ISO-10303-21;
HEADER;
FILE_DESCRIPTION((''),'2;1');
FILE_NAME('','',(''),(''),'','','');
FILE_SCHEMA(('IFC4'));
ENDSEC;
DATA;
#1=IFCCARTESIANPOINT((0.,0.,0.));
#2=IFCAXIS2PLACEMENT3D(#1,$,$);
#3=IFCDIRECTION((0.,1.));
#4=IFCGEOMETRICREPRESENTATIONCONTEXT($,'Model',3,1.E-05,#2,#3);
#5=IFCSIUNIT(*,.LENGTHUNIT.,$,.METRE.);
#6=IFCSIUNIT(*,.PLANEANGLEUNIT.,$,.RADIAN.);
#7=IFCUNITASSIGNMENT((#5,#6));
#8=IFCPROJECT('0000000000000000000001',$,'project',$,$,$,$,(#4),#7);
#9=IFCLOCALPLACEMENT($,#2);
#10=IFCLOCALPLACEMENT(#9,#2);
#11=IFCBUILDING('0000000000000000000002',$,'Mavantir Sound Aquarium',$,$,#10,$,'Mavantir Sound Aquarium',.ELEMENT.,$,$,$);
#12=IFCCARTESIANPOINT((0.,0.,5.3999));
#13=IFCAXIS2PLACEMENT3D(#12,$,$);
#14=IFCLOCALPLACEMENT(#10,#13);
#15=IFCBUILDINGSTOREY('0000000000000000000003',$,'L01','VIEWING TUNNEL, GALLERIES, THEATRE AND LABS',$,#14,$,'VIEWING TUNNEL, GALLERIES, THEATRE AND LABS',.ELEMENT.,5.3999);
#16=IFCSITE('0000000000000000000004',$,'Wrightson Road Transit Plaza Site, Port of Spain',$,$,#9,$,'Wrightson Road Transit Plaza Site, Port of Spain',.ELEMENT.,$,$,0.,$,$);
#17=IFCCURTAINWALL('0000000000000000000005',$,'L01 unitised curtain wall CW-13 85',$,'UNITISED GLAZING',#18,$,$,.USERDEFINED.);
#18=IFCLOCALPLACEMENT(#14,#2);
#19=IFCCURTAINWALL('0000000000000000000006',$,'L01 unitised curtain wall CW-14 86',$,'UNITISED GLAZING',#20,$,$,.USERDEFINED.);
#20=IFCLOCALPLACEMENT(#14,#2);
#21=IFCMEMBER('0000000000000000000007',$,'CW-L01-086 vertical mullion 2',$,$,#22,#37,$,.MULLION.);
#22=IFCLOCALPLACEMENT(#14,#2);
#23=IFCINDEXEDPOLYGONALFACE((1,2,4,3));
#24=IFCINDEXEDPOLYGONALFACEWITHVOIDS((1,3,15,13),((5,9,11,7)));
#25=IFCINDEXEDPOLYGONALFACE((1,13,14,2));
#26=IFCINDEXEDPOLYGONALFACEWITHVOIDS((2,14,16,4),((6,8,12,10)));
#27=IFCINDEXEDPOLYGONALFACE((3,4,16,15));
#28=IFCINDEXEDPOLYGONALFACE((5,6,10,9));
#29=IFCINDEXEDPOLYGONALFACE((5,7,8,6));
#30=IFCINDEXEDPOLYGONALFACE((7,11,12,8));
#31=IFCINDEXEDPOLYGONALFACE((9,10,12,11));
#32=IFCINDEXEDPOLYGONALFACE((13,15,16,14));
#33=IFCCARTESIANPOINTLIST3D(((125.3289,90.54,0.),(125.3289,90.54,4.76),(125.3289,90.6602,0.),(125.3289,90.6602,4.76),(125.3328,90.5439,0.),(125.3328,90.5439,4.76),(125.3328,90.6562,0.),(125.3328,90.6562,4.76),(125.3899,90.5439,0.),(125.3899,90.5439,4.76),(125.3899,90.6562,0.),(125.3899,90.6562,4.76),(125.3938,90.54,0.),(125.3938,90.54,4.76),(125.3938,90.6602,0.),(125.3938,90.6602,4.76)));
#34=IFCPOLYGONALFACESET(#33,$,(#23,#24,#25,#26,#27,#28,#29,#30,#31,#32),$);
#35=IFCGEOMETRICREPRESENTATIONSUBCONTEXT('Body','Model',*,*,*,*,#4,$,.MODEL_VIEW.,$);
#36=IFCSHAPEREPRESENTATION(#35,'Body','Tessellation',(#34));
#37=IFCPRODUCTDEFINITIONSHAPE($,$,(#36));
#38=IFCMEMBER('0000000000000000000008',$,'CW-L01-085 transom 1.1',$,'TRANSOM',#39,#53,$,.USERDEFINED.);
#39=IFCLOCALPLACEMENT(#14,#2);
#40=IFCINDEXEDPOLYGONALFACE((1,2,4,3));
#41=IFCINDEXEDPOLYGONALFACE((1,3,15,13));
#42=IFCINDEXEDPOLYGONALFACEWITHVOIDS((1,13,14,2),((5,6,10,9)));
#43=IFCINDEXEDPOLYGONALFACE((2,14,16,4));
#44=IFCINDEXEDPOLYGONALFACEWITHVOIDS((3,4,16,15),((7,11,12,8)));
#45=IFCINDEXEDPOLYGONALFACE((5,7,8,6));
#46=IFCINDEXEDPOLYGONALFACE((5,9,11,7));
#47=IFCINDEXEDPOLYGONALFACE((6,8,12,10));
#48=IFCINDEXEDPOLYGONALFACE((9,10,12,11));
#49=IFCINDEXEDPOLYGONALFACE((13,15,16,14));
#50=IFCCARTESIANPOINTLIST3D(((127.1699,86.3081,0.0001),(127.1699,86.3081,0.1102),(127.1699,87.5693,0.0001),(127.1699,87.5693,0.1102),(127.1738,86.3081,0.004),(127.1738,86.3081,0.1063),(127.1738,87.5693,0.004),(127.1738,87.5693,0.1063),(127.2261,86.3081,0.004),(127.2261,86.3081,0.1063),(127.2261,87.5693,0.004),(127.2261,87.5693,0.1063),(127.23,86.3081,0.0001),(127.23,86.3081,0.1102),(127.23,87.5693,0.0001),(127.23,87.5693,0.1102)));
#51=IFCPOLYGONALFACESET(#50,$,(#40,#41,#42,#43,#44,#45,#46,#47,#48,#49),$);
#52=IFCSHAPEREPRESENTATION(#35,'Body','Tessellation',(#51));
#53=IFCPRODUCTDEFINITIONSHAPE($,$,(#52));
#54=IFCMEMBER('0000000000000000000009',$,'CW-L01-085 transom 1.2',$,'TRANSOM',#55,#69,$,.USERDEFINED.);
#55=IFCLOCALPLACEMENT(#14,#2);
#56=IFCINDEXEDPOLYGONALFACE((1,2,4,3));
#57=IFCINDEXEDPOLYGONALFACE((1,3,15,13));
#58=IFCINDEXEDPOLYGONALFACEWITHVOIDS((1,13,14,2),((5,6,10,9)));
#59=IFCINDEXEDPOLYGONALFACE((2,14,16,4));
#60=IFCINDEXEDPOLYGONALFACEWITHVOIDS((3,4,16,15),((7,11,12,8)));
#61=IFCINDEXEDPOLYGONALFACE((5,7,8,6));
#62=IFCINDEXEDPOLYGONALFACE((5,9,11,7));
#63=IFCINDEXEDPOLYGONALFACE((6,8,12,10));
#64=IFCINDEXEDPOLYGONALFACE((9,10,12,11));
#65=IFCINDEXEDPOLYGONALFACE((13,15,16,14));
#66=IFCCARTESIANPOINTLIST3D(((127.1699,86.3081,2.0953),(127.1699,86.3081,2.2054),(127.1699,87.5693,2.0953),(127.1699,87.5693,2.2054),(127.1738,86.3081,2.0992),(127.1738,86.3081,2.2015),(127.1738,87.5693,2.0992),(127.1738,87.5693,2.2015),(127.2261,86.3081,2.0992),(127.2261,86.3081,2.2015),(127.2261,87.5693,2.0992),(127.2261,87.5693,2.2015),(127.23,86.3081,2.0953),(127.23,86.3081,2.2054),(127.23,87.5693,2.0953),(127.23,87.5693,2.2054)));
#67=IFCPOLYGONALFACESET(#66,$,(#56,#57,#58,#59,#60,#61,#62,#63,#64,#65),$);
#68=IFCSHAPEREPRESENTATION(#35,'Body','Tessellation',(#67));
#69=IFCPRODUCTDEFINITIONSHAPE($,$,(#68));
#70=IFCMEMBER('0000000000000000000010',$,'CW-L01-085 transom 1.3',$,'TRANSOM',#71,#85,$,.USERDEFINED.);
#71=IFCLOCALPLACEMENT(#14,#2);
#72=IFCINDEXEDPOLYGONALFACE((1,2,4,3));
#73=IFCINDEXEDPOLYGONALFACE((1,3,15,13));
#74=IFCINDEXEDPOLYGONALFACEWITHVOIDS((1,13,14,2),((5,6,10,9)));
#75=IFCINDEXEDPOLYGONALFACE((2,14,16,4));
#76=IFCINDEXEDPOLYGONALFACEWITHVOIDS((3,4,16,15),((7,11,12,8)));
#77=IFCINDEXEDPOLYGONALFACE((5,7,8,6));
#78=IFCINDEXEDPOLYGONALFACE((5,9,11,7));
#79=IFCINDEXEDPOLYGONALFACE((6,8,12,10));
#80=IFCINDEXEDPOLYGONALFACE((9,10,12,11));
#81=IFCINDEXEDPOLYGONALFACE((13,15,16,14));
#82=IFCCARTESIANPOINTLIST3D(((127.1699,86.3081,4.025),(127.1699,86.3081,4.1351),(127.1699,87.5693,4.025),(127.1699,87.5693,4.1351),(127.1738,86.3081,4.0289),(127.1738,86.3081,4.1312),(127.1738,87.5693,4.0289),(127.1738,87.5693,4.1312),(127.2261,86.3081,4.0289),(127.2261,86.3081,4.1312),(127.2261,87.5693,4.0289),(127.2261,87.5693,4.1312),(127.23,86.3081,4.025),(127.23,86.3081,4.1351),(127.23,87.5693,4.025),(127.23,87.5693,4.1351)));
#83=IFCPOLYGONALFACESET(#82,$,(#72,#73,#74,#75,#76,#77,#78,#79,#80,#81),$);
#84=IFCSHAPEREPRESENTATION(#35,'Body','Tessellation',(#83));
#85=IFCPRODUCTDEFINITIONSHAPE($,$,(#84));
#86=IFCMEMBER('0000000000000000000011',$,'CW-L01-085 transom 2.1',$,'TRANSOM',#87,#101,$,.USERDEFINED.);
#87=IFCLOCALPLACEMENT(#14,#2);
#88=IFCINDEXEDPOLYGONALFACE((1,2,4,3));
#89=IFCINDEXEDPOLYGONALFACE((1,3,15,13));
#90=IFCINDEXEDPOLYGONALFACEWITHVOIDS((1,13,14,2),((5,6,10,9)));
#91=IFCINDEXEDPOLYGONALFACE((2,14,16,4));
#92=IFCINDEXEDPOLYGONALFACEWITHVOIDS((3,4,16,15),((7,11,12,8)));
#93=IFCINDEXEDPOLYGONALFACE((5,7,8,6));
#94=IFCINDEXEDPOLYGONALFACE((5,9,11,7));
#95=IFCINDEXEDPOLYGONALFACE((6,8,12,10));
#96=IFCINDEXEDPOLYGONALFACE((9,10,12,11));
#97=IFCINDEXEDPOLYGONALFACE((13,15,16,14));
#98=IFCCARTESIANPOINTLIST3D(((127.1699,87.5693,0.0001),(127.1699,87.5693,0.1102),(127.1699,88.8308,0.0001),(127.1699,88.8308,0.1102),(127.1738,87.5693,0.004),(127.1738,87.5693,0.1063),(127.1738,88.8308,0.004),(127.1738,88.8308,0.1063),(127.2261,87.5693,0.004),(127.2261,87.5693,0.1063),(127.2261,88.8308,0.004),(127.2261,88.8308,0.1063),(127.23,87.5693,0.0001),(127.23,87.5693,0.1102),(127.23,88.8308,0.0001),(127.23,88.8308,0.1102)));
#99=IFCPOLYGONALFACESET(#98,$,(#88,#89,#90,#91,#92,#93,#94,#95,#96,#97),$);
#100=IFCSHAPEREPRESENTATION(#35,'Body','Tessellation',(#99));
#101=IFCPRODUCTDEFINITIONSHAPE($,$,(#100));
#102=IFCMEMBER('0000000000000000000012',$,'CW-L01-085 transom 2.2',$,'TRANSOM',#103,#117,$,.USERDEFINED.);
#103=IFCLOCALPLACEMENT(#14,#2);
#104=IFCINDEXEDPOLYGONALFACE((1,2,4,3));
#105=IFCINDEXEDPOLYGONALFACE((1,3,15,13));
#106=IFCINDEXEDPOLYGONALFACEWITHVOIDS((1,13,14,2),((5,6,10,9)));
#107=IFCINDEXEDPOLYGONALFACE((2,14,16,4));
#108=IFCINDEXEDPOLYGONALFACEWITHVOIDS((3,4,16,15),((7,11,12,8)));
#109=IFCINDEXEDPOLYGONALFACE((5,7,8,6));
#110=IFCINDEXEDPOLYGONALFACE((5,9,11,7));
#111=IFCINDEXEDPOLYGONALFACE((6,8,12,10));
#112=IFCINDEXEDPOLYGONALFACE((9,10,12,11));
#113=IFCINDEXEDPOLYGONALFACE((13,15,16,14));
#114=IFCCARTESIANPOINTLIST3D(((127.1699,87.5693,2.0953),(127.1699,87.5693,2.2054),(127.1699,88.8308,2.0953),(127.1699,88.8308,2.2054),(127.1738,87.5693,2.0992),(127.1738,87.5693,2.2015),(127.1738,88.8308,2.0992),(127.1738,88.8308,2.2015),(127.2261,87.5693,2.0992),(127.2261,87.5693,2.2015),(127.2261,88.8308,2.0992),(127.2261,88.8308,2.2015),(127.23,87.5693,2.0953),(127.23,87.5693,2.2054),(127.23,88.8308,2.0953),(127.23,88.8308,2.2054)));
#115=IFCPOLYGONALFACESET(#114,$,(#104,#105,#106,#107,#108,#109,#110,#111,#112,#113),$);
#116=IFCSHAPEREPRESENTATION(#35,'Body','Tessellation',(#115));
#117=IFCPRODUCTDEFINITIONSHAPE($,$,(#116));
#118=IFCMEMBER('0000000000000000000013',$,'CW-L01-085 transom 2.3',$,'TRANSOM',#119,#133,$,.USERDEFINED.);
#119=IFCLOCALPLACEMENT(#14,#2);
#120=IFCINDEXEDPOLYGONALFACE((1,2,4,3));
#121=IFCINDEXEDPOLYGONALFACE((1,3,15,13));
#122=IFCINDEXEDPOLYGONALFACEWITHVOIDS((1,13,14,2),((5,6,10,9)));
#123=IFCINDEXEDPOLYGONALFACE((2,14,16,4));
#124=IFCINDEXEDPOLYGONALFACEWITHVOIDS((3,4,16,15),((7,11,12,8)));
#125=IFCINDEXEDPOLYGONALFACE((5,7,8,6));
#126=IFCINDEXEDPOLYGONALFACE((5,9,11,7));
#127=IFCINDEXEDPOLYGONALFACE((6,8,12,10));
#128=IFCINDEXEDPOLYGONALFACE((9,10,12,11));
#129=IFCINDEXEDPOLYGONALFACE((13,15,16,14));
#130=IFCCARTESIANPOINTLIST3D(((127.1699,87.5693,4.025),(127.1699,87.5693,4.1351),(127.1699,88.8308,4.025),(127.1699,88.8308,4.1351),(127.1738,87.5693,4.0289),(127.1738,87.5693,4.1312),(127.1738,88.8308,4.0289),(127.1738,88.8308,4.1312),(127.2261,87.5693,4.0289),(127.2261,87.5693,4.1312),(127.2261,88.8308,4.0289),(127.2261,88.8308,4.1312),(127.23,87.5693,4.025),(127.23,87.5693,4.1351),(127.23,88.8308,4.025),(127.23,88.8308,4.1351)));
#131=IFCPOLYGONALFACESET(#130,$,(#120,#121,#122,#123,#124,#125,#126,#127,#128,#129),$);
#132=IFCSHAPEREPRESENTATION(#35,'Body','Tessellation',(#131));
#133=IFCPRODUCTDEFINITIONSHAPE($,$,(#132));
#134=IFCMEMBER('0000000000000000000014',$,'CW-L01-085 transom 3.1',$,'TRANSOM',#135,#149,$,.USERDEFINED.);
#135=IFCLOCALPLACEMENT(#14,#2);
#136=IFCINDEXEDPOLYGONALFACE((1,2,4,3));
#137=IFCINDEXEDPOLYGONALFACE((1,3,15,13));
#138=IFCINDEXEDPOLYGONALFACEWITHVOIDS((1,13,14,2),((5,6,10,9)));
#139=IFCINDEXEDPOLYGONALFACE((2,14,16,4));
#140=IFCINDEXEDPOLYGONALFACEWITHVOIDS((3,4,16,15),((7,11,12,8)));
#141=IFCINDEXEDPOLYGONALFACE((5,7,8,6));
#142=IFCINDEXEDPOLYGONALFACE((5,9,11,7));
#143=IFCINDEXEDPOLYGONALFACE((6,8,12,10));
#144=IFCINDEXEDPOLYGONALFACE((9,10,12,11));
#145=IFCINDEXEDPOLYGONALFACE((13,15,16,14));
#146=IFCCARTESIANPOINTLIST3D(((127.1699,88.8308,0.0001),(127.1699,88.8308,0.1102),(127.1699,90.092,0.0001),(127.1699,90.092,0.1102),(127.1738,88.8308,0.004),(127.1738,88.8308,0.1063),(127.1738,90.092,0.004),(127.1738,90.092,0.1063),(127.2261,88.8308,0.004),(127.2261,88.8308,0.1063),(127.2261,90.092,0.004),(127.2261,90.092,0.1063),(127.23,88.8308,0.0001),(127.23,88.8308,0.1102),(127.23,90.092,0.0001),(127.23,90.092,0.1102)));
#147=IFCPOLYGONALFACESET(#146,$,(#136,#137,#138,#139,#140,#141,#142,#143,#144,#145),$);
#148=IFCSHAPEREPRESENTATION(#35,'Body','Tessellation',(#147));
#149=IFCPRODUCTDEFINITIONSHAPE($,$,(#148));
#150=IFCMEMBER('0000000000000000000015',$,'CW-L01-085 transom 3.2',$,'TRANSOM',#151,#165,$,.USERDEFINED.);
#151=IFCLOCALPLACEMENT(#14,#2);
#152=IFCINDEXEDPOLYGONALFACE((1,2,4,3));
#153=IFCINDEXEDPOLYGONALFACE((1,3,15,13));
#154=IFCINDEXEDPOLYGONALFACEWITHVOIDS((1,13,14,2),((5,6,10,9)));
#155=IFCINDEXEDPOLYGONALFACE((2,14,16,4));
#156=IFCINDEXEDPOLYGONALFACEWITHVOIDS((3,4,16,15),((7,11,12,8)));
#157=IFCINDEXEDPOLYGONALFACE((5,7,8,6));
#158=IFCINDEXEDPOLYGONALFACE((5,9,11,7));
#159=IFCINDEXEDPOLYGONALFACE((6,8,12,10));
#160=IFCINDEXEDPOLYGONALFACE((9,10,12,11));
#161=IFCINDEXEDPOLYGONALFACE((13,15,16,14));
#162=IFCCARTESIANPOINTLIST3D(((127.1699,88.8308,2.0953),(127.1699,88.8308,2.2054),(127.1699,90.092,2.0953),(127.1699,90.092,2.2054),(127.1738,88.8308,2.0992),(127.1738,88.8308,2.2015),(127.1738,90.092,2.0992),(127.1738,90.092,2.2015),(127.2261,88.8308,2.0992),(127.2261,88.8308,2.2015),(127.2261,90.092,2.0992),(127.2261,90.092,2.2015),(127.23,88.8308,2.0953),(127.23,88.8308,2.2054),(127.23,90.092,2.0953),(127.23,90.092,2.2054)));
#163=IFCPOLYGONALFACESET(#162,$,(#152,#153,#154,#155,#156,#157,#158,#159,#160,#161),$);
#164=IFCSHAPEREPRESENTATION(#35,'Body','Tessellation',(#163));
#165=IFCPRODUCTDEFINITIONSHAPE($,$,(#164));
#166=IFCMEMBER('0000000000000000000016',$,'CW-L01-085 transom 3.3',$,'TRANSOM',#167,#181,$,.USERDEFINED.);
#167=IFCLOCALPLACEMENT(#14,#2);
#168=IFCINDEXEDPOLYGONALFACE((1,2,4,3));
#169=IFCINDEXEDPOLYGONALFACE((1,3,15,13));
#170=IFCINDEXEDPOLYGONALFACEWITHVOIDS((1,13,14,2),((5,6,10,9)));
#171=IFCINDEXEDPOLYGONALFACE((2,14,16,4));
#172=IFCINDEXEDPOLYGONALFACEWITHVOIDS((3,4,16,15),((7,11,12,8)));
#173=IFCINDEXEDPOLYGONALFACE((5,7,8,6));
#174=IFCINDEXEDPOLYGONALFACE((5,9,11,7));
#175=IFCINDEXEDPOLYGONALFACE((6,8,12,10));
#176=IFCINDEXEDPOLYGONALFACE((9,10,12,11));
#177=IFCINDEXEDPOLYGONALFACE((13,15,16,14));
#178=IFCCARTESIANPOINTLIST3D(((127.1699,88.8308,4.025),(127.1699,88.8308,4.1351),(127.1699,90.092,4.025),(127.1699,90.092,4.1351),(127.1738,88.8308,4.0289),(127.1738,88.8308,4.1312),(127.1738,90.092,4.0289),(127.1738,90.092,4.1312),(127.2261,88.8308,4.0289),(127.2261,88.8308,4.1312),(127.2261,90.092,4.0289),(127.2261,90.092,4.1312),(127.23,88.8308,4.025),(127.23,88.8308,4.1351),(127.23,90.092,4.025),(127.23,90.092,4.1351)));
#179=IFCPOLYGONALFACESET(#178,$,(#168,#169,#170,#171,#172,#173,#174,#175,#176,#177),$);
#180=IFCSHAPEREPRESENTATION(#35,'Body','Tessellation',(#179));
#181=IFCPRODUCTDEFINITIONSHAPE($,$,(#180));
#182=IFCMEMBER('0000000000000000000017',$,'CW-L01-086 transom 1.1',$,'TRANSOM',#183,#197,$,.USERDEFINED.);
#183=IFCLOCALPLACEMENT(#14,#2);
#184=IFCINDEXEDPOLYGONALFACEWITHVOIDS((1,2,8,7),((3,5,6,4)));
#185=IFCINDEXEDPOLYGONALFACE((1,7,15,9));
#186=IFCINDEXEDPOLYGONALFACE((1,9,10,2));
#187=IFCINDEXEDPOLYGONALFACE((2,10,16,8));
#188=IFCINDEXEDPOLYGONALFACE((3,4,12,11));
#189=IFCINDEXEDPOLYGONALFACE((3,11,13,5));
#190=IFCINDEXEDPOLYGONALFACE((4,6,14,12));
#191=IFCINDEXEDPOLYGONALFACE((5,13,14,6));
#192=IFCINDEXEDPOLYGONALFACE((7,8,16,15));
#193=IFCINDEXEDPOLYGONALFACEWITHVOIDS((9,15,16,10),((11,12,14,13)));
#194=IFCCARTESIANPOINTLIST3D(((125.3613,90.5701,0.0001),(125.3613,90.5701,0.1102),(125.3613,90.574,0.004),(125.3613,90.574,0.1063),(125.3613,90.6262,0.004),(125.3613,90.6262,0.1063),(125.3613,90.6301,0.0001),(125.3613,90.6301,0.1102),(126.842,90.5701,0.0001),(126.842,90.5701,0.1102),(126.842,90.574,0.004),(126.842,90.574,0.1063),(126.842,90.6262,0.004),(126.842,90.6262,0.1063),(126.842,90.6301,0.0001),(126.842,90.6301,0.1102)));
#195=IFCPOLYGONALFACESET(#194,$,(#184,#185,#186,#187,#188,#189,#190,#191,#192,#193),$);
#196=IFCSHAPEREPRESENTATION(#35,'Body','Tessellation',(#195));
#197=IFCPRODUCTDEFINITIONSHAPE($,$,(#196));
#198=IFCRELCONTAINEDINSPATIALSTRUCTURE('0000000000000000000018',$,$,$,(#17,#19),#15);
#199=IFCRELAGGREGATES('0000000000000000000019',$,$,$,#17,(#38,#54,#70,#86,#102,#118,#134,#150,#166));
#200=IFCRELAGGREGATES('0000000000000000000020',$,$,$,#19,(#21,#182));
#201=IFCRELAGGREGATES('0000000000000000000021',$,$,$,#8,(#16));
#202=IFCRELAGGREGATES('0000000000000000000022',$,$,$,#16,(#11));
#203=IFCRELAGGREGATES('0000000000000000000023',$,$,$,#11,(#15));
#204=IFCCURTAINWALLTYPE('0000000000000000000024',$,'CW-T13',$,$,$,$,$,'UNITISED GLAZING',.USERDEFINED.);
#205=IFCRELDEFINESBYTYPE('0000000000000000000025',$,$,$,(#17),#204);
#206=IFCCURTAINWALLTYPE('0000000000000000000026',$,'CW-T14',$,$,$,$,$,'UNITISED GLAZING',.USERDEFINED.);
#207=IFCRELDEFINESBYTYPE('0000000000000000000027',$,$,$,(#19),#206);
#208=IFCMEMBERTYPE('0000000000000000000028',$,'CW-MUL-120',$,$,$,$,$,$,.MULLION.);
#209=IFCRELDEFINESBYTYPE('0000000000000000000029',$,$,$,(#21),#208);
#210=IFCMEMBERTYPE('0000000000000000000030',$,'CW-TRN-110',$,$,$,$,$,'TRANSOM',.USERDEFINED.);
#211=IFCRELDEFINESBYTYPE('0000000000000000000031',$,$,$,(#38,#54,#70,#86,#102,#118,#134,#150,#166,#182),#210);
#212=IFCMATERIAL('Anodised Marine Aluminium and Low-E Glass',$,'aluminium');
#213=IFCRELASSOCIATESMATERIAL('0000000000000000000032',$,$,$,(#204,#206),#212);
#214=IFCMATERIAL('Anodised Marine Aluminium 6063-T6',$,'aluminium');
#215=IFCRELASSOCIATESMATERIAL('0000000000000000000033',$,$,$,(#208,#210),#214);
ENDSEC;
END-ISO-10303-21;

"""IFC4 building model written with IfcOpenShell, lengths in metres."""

from ifc_helpers import new_model, si_unit, direction, frame, origin, origin_2d, place, context, subcontext, project, spatial, hollow_rectangle, extrude, material, material_profile, profile_set, type_object, element, aggregate, save


model = new_model("IFC4")

# Units and contexts
model_context = context("Model", 3, precision=1e-05, world=origin(), true_north=direction((0.0, 1.0)))
body_context = subcontext(model_context, "Body", "Model", "MODEL_VIEW")
ifc_project = project(units=[si_unit("LENGTHUNIT", "METRE"), si_unit("PLANEANGLEUNIT", "RADIAN")], contexts=[model_context])

# Site, building, storey
site_placement = place(None, origin())
site = spatial("IfcSite", under=ifc_project, at=site_placement, Name="Wrightson Road Transit Plaza Site, Port of Spain", LongName="Wrightson Road Transit Plaza Site, Port of Spain", CompositionType="ELEMENT", RefElevation=0.0)
building_placement = place(site_placement, origin())
building = spatial("IfcBuilding", under=site, at=building_placement, Name="Mavantir Sound Aquarium", LongName="Mavantir Sound Aquarium", CompositionType="ELEMENT")
storey_placement = place(building_placement, frame((0.0, 0.0, 5.3999)))
storey = spatial("IfcBuildingStorey", under=building, at=storey_placement, Name="L01", Description="VIEWING TUNNEL, GALLERIES, THEATRE AND LABS", LongName="VIEWING TUNNEL, GALLERIES, THEATRE AND LABS", CompositionType="ELEMENT", Elevation=5.3999)

# Curtain walls, member
ifc_material_1 = material(Name="Anodised Marine Aluminium and Low-E Glass", Category="aluminium")
curtain_wall_type_1 = type_object("IfcCurtainWallType", Name="CW-T13", ElementType="UNITISED GLAZING", PredefinedType="USERDEFINED", material=ifc_material_1)
curtain_wall_1_placement = place(storey_placement, origin())
curtain_wall_1 = element("IfcCurtainWall", 1, at=curtain_wall_1_placement, inside=storey, type_object=curtain_wall_type_1, Name="L01 unitised curtain wall CW-13 85", ObjectType="UNITISED GLAZING", PredefinedType="USERDEFINED")
ifc_material_2 = material(Name="Anodised Marine Aluminium 6063-T6", Category="aluminium")
curtain_wall_type_2 = type_object("IfcCurtainWallType", Name="CW-T14", ElementType="UNITISED GLAZING", PredefinedType="USERDEFINED", material=ifc_material_1)
curtain_wall_2_placement = place(storey_placement, origin())
curtain_wall_2 = element("IfcCurtainWall", 2, at=curtain_wall_2_placement, inside=storey, type_object=curtain_wall_type_2, Name="L01 unitised curtain wall CW-14 86", ObjectType="UNITISED GLAZING", PredefinedType="USERDEFINED")
ifc_material_profile_1 = material_profile(ifc_material_2, hollow_rectangle(XDim=0.0649, YDim=0.1201, WallThickness=0.0039, at=origin_2d()), Name="ALU-MULLION-120X65")
ifc_profile_set_1 = profile_set([ifc_material_profile_1], Name="Anodised Marine Aluminium 6063-T6")
member_type_1 = type_object("IfcMemberType", Name="CW-MUL-120", PredefinedType="MULLION", material=ifc_profile_set_1)
member_1_placement = place(storey_placement, frame((125.3613, 90.6001, 0.0), z_axis=(0.0, 0.0, 1.0), x_axis=(1.0, 0.0, 0.0)))
member_1 = element("IfcMember", 3, at=member_1_placement, type_object=member_type_1, Name="CW-L01-086 vertical mullion 2", PredefinedType="MULLION", context=body_context, shape_type="SweptSolid", body=[
    extrude(hollow_rectangle(XDim=0.0649, YDim=0.1201, WallThickness=0.0039, at=origin_2d()), origin(), (0.0, 0.0, 1.0), 4.76),
])

# Members
ifc_material_profile_2 = material_profile(ifc_material_2, hollow_rectangle(XDim=0.0601, YDim=0.1101, WallThickness=0.0039, at=origin_2d()), Name="ALU-TRANSOM-110X60")
ifc_profile_set_2 = profile_set([ifc_material_profile_2], Name="Anodised Marine Aluminium 6063-T6")
member_type_2 = type_object("IfcMemberType", Name="CW-TRN-110", ElementType="TRANSOM", PredefinedType="USERDEFINED", material=ifc_profile_set_2)
member_2_placement = place(storey_placement, frame((127.2, 86.3081, 0.0552), z_axis=(0.0, 1.0, 0.0), x_axis=(-1.0, 0.0, 0.0)))
member_2 = element("IfcMember", 4, at=member_2_placement, type_object=member_type_2, Name="CW-L01-085 transom 1.1", ObjectType="TRANSOM", PredefinedType="USERDEFINED", context=body_context, shape_type="SweptSolid", body=[
    extrude(hollow_rectangle(XDim=0.0601, YDim=0.1101, WallThickness=0.0039, at=origin_2d()), origin(), (0.0, 0.0, 1.0), 1.2612),
])
member_3_placement = place(storey_placement, frame((127.2, 86.3081, 2.1504), z_axis=(0.0, 1.0, 0.0), x_axis=(-1.0, 0.0, 0.0)))
member_3 = element("IfcMember", 5, at=member_3_placement, type_object=member_type_2, Name="CW-L01-085 transom 1.2", ObjectType="TRANSOM", PredefinedType="USERDEFINED", context=body_context, shape_type="SweptSolid", body=[
    extrude(hollow_rectangle(XDim=0.0601, YDim=0.1101, WallThickness=0.0039, at=origin_2d()), origin(), (0.0, 0.0, 1.0), 1.2612),
])
member_4_placement = place(storey_placement, frame((127.2, 86.3081, 4.0801), z_axis=(0.0, 1.0, 0.0), x_axis=(-1.0, 0.0, 0.0)))
member_4 = element("IfcMember", 6, at=member_4_placement, type_object=member_type_2, Name="CW-L01-085 transom 1.3", ObjectType="TRANSOM", PredefinedType="USERDEFINED", context=body_context, shape_type="SweptSolid", body=[
    extrude(hollow_rectangle(XDim=0.0601, YDim=0.1101, WallThickness=0.0039, at=origin_2d()), origin(), (0.0, 0.0, 1.0), 1.2612),
])
member_5_placement = place(storey_placement, frame((127.2, 87.5693, 0.0552), z_axis=(0.0, 1.0, 0.0), x_axis=(-1.0, 0.0, 0.0)))
member_5 = element("IfcMember", 7, at=member_5_placement, type_object=member_type_2, Name="CW-L01-085 transom 2.1", ObjectType="TRANSOM", PredefinedType="USERDEFINED", context=body_context, shape_type="SweptSolid", body=[
    extrude(hollow_rectangle(XDim=0.0601, YDim=0.1101, WallThickness=0.0039, at=origin_2d()), origin(), (0.0, 0.0, 1.0), 1.2615),
])
member_6_placement = place(storey_placement, frame((127.2, 87.5693, 2.1504), z_axis=(0.0, 1.0, 0.0), x_axis=(-1.0, 0.0, 0.0)))
member_6 = element("IfcMember", 8, at=member_6_placement, type_object=member_type_2, Name="CW-L01-085 transom 2.2", ObjectType="TRANSOM", PredefinedType="USERDEFINED", context=body_context, shape_type="SweptSolid", body=[
    extrude(hollow_rectangle(XDim=0.0601, YDim=0.1101, WallThickness=0.0039, at=origin_2d()), origin(), (0.0, 0.0, 1.0), 1.2615),
])
member_7_placement = place(storey_placement, frame((127.2, 87.5693, 4.0801), z_axis=(0.0, 1.0, 0.0), x_axis=(-1.0, 0.0, 0.0)))
member_7 = element("IfcMember", 9, at=member_7_placement, type_object=member_type_2, Name="CW-L01-085 transom 2.3", ObjectType="TRANSOM", PredefinedType="USERDEFINED", context=body_context, shape_type="SweptSolid", body=[
    extrude(hollow_rectangle(XDim=0.0601, YDim=0.1101, WallThickness=0.0039, at=origin_2d()), origin(), (0.0, 0.0, 1.0), 1.2615),
])
member_8_placement = place(storey_placement, frame((127.2, 88.8308, 0.0552), z_axis=(0.0, 1.0, 0.0), x_axis=(-1.0, 0.0, 0.0)))
member_8 = element("IfcMember", 10, at=member_8_placement, type_object=member_type_2, Name="CW-L01-085 transom 3.1", ObjectType="TRANSOM", PredefinedType="USERDEFINED", context=body_context, shape_type="SweptSolid", body=[
    extrude(hollow_rectangle(XDim=0.0601, YDim=0.1101, WallThickness=0.0039, at=origin_2d()), origin(), (0.0, 0.0, 1.0), 1.2612),
])
member_9_placement = place(storey_placement, frame((127.2, 88.8308, 2.1504), z_axis=(0.0, 1.0, 0.0), x_axis=(-1.0, 0.0, 0.0)))
member_9 = element("IfcMember", 11, at=member_9_placement, type_object=member_type_2, Name="CW-L01-085 transom 3.2", ObjectType="TRANSOM", PredefinedType="USERDEFINED", context=body_context, shape_type="SweptSolid", body=[
    extrude(hollow_rectangle(XDim=0.0601, YDim=0.1101, WallThickness=0.0039, at=origin_2d()), origin(), (0.0, 0.0, 1.0), 1.2612),
])
member_10_placement = place(storey_placement, frame((127.2, 88.8308, 4.0801), z_axis=(0.0, 1.0, 0.0), x_axis=(-1.0, 0.0, 0.0)))
member_10 = element("IfcMember", 12, at=member_10_placement, type_object=member_type_2, Name="CW-L01-085 transom 3.3", ObjectType="TRANSOM", PredefinedType="USERDEFINED", context=body_context, shape_type="SweptSolid", body=[
    extrude(hollow_rectangle(XDim=0.0601, YDim=0.1101, WallThickness=0.0039, at=origin_2d()), origin(), (0.0, 0.0, 1.0), 1.2612),
])
member_11_placement = place(storey_placement, frame((126.842, 90.6001, 0.0552), z_axis=(-1.0, 0.0, 0.0), x_axis=(0.0, -1.0, 0.0)))
member_11 = element("IfcMember", 13, at=member_11_placement, type_object=member_type_2, Name="CW-L01-086 transom 1.1", ObjectType="TRANSOM", PredefinedType="USERDEFINED", context=body_context, shape_type="SweptSolid", body=[
    extrude(hollow_rectangle(XDim=0.0601, YDim=0.1101, WallThickness=0.0039, at=origin_2d()), origin(), (0.0, 0.0, 1.0), 1.4807),
])

aggregate(curtain_wall_1, [member_2, member_3, member_4, member_5, member_6, member_7, member_8, member_9, member_10])
aggregate(curtain_wall_2, [member_1, member_11])

save(model, "model.ifc")
